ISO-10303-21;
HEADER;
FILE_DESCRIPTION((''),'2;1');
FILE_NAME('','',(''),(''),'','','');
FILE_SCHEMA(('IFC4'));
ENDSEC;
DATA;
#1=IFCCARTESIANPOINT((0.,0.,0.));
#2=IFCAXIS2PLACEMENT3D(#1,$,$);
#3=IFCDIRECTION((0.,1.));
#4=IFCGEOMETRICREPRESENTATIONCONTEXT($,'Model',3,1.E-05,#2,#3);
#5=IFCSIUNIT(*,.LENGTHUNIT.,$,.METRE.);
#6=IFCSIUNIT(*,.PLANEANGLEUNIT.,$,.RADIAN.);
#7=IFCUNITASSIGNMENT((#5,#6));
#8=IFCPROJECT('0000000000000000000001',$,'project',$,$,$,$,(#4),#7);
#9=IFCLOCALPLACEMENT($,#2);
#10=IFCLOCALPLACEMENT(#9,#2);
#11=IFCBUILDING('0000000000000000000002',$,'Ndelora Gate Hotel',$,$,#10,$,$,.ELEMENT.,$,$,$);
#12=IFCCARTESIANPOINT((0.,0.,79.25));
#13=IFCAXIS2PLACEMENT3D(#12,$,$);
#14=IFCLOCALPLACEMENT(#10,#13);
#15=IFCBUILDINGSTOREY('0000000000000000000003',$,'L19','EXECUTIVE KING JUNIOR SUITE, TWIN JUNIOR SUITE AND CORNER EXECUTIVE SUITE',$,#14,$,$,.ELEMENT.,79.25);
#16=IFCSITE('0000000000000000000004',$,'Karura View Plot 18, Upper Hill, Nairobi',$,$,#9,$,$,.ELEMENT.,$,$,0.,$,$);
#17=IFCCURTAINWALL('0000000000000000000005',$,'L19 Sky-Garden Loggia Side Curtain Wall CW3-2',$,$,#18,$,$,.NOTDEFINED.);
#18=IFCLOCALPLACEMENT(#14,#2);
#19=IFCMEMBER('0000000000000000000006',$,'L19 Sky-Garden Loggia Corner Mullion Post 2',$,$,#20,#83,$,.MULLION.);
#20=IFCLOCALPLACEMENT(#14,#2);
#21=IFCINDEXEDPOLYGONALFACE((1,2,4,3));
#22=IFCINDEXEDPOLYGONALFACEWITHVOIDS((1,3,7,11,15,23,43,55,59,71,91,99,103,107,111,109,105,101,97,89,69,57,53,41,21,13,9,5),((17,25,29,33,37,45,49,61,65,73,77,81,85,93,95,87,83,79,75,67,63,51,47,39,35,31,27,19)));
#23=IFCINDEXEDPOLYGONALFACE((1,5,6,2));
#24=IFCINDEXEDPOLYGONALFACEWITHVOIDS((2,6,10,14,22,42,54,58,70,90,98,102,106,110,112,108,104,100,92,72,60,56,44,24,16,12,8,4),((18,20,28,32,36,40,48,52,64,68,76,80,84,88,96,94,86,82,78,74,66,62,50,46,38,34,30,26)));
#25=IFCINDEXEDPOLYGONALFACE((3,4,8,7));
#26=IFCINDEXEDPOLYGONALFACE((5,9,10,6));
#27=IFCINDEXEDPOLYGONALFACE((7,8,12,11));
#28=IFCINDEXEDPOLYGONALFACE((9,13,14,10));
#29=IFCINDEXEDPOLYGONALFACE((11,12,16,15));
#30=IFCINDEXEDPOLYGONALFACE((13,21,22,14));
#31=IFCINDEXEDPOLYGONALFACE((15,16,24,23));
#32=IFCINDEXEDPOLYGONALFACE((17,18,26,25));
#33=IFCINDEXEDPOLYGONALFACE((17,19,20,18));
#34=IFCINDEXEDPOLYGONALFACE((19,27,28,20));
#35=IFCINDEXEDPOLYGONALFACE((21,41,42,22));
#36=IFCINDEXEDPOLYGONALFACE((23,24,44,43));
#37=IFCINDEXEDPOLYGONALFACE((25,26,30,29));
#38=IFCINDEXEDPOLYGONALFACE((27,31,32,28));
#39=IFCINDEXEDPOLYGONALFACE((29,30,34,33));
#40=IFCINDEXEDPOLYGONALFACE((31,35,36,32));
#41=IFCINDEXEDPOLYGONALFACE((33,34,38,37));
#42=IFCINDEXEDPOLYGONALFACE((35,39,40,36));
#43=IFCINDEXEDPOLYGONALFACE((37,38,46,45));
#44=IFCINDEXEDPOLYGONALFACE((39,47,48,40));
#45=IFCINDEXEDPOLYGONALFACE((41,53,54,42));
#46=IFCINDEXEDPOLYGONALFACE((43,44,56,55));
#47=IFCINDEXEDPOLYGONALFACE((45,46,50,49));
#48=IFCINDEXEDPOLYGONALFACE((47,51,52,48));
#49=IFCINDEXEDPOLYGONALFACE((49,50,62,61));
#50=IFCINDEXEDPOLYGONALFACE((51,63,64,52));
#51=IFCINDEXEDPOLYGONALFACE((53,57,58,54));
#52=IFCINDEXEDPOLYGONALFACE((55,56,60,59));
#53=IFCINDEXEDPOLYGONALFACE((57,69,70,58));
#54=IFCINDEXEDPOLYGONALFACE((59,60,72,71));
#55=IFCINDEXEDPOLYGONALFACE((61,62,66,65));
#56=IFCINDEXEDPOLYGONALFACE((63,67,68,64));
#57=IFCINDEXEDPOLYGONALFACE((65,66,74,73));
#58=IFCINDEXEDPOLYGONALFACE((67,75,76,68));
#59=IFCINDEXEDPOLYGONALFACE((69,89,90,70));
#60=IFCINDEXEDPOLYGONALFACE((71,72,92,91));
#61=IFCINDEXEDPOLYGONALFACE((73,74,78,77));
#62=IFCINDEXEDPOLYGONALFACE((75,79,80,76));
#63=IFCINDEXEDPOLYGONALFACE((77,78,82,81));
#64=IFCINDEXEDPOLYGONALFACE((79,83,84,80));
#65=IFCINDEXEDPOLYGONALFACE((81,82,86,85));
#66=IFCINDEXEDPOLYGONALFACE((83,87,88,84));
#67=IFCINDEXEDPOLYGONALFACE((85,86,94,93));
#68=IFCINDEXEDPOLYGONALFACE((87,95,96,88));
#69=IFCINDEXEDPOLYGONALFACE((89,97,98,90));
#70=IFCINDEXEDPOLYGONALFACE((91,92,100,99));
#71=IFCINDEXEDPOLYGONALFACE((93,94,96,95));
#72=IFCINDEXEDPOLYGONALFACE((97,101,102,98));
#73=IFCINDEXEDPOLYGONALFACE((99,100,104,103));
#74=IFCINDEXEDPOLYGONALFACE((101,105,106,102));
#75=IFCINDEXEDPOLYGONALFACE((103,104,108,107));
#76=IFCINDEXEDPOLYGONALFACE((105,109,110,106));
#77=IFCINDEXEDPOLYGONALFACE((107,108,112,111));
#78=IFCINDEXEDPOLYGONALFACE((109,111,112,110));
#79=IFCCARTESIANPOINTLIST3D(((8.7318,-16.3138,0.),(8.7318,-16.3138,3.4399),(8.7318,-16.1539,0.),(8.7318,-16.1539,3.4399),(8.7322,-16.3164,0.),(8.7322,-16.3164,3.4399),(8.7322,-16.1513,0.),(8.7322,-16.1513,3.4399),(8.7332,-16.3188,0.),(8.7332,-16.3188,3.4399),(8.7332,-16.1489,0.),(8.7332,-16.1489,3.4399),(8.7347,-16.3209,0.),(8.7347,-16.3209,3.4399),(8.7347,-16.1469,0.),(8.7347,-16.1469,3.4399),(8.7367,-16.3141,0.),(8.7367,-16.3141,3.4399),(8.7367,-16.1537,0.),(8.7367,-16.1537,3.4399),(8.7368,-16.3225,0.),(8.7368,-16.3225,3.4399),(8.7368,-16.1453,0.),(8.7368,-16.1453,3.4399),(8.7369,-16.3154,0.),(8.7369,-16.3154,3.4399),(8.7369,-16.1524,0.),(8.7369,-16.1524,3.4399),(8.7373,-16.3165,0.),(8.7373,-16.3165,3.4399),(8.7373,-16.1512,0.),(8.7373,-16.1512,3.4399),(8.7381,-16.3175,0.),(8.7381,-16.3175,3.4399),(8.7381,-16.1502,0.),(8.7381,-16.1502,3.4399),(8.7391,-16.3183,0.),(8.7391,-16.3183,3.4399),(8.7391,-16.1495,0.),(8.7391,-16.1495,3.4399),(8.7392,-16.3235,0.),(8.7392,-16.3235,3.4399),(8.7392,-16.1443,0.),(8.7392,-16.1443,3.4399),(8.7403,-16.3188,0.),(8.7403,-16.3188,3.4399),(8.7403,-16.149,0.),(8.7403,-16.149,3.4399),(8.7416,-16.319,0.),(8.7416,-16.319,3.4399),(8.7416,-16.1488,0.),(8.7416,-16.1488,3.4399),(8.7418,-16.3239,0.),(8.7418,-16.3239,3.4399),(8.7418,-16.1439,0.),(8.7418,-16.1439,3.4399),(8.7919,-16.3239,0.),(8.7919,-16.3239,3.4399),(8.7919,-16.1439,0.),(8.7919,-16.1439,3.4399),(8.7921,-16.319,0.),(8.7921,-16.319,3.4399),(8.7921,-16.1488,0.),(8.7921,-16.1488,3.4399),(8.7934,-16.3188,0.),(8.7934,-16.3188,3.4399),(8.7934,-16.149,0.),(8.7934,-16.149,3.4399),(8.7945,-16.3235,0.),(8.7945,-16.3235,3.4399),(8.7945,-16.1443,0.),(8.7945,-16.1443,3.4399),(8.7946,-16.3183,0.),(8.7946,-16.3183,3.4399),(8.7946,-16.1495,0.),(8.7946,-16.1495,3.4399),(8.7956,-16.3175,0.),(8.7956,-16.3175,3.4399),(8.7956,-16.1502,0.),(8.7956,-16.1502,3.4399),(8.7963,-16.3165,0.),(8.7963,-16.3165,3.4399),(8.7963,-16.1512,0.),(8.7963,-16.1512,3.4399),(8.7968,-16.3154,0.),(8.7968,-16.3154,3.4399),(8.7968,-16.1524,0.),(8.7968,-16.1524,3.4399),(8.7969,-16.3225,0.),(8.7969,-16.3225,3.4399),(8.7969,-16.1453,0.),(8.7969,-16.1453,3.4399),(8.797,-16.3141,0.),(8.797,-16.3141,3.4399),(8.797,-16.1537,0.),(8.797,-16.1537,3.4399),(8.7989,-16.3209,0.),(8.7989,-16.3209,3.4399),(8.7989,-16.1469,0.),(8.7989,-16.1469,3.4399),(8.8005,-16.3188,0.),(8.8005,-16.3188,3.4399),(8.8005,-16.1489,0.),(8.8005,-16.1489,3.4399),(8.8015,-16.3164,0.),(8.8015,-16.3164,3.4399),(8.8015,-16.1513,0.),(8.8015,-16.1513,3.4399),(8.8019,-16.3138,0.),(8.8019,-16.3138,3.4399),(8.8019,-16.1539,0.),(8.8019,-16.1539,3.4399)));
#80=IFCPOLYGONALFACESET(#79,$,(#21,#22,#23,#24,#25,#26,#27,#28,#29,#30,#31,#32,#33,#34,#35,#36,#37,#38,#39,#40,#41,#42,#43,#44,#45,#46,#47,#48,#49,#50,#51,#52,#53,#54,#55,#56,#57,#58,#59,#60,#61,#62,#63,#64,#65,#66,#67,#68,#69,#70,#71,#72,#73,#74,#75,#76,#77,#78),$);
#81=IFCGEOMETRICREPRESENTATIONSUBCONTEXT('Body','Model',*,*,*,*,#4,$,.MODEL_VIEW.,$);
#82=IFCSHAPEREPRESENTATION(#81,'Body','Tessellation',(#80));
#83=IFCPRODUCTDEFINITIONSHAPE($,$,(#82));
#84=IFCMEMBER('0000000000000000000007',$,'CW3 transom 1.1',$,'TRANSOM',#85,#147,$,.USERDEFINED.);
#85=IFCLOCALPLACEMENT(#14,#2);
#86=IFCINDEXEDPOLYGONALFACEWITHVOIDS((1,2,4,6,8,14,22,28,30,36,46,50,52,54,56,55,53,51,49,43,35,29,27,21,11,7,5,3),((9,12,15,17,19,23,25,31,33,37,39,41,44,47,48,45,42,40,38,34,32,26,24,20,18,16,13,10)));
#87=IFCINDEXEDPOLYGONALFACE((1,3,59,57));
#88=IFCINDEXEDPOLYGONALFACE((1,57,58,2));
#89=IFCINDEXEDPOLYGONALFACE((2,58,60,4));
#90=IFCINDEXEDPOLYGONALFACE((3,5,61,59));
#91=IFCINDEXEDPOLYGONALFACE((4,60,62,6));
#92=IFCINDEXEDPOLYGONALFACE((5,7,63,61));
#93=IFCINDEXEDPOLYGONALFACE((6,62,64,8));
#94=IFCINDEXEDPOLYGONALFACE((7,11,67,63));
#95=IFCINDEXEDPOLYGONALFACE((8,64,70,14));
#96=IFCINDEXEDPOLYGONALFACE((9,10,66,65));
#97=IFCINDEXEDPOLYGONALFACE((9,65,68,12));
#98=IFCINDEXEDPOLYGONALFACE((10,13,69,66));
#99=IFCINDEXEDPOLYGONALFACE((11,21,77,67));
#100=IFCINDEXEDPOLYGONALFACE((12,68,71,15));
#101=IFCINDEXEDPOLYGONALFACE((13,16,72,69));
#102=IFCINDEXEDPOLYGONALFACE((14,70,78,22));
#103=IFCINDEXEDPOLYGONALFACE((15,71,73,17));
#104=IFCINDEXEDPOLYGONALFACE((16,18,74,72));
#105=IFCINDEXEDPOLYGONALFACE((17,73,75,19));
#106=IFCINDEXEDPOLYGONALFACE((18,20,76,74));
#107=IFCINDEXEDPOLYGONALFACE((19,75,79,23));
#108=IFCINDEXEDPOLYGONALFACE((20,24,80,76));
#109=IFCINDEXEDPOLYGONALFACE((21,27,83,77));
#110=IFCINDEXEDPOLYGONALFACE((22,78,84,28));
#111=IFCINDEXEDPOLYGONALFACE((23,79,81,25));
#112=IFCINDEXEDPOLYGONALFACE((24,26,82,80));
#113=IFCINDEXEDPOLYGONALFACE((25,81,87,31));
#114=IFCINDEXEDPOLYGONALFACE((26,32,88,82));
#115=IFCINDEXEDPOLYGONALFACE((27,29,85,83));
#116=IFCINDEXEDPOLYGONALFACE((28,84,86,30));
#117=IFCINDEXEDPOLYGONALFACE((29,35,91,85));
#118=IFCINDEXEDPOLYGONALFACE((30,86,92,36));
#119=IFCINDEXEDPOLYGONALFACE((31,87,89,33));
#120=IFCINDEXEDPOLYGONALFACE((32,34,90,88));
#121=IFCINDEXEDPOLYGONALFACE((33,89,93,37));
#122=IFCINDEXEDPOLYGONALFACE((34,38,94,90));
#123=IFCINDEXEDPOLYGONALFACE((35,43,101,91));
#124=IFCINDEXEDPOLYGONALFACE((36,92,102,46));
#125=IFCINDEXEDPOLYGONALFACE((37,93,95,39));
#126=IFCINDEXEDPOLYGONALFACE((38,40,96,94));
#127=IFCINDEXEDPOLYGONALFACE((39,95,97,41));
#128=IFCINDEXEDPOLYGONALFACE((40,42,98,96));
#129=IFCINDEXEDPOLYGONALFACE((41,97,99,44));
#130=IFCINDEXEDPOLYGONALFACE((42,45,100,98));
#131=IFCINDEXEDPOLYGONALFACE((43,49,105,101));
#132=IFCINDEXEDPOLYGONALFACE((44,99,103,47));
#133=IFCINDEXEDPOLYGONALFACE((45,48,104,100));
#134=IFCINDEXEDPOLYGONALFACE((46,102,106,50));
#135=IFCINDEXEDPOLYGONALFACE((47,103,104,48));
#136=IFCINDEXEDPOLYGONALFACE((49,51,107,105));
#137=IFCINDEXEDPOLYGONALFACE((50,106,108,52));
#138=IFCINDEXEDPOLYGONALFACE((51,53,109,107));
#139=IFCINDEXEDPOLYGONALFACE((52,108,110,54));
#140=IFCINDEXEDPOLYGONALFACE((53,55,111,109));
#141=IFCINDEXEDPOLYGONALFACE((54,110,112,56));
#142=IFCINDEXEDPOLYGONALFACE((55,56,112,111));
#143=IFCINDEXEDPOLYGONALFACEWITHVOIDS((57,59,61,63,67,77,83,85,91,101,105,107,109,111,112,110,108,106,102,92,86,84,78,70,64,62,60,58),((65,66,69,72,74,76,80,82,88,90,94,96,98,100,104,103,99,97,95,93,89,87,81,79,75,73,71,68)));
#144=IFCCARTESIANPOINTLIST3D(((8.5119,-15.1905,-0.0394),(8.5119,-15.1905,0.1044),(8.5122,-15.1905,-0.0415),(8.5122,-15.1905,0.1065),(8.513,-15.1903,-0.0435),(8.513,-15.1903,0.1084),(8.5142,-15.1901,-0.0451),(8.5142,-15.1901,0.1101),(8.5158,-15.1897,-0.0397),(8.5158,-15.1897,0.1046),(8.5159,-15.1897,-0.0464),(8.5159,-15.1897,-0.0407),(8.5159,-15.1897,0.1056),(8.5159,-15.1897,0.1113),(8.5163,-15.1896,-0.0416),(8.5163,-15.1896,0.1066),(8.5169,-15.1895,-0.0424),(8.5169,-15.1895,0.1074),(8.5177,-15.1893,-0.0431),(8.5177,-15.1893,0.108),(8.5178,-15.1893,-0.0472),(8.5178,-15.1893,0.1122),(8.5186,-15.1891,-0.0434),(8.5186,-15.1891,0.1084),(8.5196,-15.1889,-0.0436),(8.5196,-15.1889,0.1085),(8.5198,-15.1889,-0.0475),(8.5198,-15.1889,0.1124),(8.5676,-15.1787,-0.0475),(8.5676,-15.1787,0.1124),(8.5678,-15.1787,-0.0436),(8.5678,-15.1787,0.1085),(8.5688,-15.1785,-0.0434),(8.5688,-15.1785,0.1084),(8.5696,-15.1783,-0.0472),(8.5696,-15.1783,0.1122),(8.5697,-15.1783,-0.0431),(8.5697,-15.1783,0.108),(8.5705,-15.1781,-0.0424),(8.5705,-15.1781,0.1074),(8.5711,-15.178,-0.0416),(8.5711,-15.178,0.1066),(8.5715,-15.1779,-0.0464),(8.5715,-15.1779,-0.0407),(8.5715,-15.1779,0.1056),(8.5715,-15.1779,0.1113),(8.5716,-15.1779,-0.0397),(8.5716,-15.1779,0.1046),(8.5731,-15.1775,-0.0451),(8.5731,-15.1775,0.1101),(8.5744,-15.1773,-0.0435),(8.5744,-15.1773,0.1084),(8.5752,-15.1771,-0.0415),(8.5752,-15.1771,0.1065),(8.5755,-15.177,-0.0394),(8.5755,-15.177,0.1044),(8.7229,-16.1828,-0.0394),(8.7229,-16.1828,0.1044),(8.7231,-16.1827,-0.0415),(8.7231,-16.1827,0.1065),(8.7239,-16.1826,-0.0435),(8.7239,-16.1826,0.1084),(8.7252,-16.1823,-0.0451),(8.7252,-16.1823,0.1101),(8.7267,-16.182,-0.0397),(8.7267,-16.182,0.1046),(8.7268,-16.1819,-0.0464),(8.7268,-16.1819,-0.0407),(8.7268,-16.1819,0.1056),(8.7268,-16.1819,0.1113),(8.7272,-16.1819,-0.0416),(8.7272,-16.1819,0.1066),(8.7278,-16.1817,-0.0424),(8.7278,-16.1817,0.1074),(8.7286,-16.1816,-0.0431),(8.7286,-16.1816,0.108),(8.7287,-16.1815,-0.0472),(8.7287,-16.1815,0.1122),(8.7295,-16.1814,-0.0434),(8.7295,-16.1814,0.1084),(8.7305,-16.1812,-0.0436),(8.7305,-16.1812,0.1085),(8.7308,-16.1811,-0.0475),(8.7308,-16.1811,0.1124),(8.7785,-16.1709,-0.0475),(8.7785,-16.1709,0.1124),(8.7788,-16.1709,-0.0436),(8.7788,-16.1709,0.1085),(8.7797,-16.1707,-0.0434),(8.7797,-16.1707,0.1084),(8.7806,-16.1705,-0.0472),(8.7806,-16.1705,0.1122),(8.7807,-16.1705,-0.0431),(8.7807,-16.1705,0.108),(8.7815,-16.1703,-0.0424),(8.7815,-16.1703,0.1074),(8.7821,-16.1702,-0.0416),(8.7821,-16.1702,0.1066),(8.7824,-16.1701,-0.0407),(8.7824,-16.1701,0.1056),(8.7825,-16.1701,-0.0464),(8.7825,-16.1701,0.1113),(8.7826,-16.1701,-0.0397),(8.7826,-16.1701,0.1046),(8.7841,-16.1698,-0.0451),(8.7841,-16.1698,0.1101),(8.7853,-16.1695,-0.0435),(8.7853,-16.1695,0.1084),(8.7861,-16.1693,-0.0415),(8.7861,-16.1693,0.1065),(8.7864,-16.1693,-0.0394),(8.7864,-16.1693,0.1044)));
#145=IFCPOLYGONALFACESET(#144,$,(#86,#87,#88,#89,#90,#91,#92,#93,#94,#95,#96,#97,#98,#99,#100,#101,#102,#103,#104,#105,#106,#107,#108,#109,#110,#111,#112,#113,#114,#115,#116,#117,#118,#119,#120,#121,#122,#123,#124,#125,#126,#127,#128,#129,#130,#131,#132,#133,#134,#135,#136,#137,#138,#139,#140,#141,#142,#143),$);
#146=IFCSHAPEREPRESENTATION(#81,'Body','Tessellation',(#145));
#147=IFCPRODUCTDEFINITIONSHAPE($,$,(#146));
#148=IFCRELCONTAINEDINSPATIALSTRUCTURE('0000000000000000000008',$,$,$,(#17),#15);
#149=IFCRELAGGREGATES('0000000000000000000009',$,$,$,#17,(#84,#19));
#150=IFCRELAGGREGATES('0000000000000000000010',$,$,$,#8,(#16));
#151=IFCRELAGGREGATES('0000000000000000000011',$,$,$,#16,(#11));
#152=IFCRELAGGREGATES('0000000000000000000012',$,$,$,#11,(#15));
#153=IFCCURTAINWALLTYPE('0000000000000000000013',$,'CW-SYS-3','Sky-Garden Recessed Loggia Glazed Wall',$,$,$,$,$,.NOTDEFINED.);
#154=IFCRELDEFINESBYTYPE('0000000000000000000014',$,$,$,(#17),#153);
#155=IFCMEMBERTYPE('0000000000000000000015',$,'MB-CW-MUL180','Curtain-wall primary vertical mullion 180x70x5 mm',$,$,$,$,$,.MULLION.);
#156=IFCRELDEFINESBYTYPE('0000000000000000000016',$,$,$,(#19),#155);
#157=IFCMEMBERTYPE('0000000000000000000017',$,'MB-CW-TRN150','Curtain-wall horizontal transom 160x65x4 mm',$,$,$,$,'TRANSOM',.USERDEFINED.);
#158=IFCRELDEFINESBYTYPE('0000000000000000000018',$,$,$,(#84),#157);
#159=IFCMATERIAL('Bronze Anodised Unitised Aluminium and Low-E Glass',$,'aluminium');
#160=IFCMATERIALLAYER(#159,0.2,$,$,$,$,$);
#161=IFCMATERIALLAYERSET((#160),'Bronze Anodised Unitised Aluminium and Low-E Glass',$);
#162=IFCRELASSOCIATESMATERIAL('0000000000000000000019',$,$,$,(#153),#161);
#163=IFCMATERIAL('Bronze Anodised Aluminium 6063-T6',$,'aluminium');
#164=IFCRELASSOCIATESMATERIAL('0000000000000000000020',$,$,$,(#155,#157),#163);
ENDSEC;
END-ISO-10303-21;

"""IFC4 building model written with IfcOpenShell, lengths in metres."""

from ifc_helpers import new_model, si_unit, direction, frame, origin, origin_2d, place, context, subcontext, project, spatial, hollow_rectangle, extrude, material, layer, layer_set, material_profile, profile_set, type_object, element, aggregate, save


model = new_model("IFC4")

# Units and contexts
model_context = context("Model", 3, precision=1e-05, world=origin(), true_north=direction((0.0, 1.0)))
body_context = subcontext(model_context, "Body", "Model", "MODEL_VIEW")
ifc_project = project(units=[si_unit("LENGTHUNIT", "METRE"), si_unit("PLANEANGLEUNIT", "RADIAN")], contexts=[model_context])

# Site, building, storey
site_placement = place(None, origin())
site = spatial("IfcSite", under=ifc_project, at=site_placement, Name="Karura View Plot 18, Upper Hill, Nairobi", CompositionType="ELEMENT", RefElevation=0.0)
building_placement = place(site_placement, origin())
building = spatial("IfcBuilding", under=site, at=building_placement, Name="Ndelora Gate Hotel", CompositionType="ELEMENT")
storey_placement = place(building_placement, frame((0.0, 0.0, 79.25)))
storey = spatial("IfcBuildingStorey", under=building, at=storey_placement, Name="L19", Description="EXECUTIVE KING JUNIOR SUITE, TWIN JUNIOR SUITE AND CORNER EXECUTIVE SUITE", CompositionType="ELEMENT", Elevation=79.25)

# Curtain wall, members
ifc_material_1 = material(Name="Bronze Anodised Unitised Aluminium and Low-E Glass", Category="aluminium")
ifc_layer_1 = layer(ifc_material_1, 0.2)
ifc_layer_set_1 = layer_set([ifc_layer_1], Name="Bronze Anodised Unitised Aluminium and Low-E Glass")
curtain_wall_type = type_object("IfcCurtainWallType", Name="CW-SYS-3", Description="Sky-Garden Recessed Loggia Glazed Wall", PredefinedType="NOTDEFINED", material=ifc_layer_set_1)
curtain_wall_placement = place(storey_placement, origin())
curtain_wall = element("IfcCurtainWall", 1, at=curtain_wall_placement, inside=storey, type_object=curtain_wall_type, Name="L19 Sky-Garden Loggia Side Curtain Wall CW3-2", PredefinedType="NOTDEFINED")
ifc_material_2 = material(Name="Bronze Anodised Aluminium 6063-T6", Category="aluminium")
ifc_material_profile_1 = material_profile(ifc_material_2, hollow_rectangle(XDim=0.0701, YDim=0.1799, WallThickness=0.0049, InnerFilletRadius=0.0049, OuterFilletRadius=0.01, at=origin_2d()), Name="ALU 180x70x5")
ifc_profile_set_1 = profile_set([ifc_material_profile_1], Name="Bronze Anodised Aluminium 6063-T6")
member_type_1 = type_object("IfcMemberType", Name="MB-CW-MUL180", Description="Curtain-wall primary vertical mullion 180x70x5 mm", PredefinedType="MULLION", material=ifc_profile_set_1)
member_1_placement = place(storey_placement, frame((8.7668, -16.2339, 0.0), z_axis=(0.0, 0.0, 1.0), x_axis=(1.0, 0.0, 0.0)))
member_1 = element("IfcMember", 2, at=member_1_placement, type_object=member_type_1, Name="L19 Sky-Garden Loggia Corner Mullion Post 2", PredefinedType="MULLION", context=body_context, shape_type="SweptSolid", body=[
    extrude(hollow_rectangle(XDim=0.0701, YDim=0.1799, WallThickness=0.0049, InnerFilletRadius=0.0049, OuterFilletRadius=0.01, at=origin_2d()), origin(), (0.0, 0.0, 1.0), 3.4399),
])
ifc_material_profile_2 = material_profile(ifc_material_2, hollow_rectangle(XDim=0.0649, YDim=0.1599, WallThickness=0.0039, InnerFilletRadius=0.0039, OuterFilletRadius=0.0081, at=origin_2d()), Name="ALU 160x65x4")
ifc_profile_set_2 = profile_set([ifc_material_profile_2], Name="Bronze Anodised Aluminium 6063-T6")
member_type_2 = type_object("IfcMemberType", Name="MB-CW-TRN150", Description="Curtain-wall horizontal transom 160x65x4 mm", ElementType="TRANSOM", PredefinedType="USERDEFINED", material=ifc_profile_set_2)
member_2_placement = place(storey_placement, frame((8.7546, -16.176, 0.0325), z_axis=(-0.207951, 0.978139, 0.0), x_axis=(-0.978139, -0.207951, 0.0)))
member_2 = element("IfcMember", 3, at=member_2_placement, type_object=member_type_2, Name="CW3 transom 1.1", ObjectType="TRANSOM", PredefinedType="USERDEFINED", context=body_context, shape_type="SweptSolid", body=[
    extrude(hollow_rectangle(XDim=0.0649, YDim=0.1599, WallThickness=0.0039, InnerFilletRadius=0.0039, OuterFilletRadius=0.0081, at=origin_2d()), origin(), (0.0, 0.0, 1.0), 1.0144),
])
aggregate(curtain_wall, [member_2, member_1])

save(model, "model.ifc")
